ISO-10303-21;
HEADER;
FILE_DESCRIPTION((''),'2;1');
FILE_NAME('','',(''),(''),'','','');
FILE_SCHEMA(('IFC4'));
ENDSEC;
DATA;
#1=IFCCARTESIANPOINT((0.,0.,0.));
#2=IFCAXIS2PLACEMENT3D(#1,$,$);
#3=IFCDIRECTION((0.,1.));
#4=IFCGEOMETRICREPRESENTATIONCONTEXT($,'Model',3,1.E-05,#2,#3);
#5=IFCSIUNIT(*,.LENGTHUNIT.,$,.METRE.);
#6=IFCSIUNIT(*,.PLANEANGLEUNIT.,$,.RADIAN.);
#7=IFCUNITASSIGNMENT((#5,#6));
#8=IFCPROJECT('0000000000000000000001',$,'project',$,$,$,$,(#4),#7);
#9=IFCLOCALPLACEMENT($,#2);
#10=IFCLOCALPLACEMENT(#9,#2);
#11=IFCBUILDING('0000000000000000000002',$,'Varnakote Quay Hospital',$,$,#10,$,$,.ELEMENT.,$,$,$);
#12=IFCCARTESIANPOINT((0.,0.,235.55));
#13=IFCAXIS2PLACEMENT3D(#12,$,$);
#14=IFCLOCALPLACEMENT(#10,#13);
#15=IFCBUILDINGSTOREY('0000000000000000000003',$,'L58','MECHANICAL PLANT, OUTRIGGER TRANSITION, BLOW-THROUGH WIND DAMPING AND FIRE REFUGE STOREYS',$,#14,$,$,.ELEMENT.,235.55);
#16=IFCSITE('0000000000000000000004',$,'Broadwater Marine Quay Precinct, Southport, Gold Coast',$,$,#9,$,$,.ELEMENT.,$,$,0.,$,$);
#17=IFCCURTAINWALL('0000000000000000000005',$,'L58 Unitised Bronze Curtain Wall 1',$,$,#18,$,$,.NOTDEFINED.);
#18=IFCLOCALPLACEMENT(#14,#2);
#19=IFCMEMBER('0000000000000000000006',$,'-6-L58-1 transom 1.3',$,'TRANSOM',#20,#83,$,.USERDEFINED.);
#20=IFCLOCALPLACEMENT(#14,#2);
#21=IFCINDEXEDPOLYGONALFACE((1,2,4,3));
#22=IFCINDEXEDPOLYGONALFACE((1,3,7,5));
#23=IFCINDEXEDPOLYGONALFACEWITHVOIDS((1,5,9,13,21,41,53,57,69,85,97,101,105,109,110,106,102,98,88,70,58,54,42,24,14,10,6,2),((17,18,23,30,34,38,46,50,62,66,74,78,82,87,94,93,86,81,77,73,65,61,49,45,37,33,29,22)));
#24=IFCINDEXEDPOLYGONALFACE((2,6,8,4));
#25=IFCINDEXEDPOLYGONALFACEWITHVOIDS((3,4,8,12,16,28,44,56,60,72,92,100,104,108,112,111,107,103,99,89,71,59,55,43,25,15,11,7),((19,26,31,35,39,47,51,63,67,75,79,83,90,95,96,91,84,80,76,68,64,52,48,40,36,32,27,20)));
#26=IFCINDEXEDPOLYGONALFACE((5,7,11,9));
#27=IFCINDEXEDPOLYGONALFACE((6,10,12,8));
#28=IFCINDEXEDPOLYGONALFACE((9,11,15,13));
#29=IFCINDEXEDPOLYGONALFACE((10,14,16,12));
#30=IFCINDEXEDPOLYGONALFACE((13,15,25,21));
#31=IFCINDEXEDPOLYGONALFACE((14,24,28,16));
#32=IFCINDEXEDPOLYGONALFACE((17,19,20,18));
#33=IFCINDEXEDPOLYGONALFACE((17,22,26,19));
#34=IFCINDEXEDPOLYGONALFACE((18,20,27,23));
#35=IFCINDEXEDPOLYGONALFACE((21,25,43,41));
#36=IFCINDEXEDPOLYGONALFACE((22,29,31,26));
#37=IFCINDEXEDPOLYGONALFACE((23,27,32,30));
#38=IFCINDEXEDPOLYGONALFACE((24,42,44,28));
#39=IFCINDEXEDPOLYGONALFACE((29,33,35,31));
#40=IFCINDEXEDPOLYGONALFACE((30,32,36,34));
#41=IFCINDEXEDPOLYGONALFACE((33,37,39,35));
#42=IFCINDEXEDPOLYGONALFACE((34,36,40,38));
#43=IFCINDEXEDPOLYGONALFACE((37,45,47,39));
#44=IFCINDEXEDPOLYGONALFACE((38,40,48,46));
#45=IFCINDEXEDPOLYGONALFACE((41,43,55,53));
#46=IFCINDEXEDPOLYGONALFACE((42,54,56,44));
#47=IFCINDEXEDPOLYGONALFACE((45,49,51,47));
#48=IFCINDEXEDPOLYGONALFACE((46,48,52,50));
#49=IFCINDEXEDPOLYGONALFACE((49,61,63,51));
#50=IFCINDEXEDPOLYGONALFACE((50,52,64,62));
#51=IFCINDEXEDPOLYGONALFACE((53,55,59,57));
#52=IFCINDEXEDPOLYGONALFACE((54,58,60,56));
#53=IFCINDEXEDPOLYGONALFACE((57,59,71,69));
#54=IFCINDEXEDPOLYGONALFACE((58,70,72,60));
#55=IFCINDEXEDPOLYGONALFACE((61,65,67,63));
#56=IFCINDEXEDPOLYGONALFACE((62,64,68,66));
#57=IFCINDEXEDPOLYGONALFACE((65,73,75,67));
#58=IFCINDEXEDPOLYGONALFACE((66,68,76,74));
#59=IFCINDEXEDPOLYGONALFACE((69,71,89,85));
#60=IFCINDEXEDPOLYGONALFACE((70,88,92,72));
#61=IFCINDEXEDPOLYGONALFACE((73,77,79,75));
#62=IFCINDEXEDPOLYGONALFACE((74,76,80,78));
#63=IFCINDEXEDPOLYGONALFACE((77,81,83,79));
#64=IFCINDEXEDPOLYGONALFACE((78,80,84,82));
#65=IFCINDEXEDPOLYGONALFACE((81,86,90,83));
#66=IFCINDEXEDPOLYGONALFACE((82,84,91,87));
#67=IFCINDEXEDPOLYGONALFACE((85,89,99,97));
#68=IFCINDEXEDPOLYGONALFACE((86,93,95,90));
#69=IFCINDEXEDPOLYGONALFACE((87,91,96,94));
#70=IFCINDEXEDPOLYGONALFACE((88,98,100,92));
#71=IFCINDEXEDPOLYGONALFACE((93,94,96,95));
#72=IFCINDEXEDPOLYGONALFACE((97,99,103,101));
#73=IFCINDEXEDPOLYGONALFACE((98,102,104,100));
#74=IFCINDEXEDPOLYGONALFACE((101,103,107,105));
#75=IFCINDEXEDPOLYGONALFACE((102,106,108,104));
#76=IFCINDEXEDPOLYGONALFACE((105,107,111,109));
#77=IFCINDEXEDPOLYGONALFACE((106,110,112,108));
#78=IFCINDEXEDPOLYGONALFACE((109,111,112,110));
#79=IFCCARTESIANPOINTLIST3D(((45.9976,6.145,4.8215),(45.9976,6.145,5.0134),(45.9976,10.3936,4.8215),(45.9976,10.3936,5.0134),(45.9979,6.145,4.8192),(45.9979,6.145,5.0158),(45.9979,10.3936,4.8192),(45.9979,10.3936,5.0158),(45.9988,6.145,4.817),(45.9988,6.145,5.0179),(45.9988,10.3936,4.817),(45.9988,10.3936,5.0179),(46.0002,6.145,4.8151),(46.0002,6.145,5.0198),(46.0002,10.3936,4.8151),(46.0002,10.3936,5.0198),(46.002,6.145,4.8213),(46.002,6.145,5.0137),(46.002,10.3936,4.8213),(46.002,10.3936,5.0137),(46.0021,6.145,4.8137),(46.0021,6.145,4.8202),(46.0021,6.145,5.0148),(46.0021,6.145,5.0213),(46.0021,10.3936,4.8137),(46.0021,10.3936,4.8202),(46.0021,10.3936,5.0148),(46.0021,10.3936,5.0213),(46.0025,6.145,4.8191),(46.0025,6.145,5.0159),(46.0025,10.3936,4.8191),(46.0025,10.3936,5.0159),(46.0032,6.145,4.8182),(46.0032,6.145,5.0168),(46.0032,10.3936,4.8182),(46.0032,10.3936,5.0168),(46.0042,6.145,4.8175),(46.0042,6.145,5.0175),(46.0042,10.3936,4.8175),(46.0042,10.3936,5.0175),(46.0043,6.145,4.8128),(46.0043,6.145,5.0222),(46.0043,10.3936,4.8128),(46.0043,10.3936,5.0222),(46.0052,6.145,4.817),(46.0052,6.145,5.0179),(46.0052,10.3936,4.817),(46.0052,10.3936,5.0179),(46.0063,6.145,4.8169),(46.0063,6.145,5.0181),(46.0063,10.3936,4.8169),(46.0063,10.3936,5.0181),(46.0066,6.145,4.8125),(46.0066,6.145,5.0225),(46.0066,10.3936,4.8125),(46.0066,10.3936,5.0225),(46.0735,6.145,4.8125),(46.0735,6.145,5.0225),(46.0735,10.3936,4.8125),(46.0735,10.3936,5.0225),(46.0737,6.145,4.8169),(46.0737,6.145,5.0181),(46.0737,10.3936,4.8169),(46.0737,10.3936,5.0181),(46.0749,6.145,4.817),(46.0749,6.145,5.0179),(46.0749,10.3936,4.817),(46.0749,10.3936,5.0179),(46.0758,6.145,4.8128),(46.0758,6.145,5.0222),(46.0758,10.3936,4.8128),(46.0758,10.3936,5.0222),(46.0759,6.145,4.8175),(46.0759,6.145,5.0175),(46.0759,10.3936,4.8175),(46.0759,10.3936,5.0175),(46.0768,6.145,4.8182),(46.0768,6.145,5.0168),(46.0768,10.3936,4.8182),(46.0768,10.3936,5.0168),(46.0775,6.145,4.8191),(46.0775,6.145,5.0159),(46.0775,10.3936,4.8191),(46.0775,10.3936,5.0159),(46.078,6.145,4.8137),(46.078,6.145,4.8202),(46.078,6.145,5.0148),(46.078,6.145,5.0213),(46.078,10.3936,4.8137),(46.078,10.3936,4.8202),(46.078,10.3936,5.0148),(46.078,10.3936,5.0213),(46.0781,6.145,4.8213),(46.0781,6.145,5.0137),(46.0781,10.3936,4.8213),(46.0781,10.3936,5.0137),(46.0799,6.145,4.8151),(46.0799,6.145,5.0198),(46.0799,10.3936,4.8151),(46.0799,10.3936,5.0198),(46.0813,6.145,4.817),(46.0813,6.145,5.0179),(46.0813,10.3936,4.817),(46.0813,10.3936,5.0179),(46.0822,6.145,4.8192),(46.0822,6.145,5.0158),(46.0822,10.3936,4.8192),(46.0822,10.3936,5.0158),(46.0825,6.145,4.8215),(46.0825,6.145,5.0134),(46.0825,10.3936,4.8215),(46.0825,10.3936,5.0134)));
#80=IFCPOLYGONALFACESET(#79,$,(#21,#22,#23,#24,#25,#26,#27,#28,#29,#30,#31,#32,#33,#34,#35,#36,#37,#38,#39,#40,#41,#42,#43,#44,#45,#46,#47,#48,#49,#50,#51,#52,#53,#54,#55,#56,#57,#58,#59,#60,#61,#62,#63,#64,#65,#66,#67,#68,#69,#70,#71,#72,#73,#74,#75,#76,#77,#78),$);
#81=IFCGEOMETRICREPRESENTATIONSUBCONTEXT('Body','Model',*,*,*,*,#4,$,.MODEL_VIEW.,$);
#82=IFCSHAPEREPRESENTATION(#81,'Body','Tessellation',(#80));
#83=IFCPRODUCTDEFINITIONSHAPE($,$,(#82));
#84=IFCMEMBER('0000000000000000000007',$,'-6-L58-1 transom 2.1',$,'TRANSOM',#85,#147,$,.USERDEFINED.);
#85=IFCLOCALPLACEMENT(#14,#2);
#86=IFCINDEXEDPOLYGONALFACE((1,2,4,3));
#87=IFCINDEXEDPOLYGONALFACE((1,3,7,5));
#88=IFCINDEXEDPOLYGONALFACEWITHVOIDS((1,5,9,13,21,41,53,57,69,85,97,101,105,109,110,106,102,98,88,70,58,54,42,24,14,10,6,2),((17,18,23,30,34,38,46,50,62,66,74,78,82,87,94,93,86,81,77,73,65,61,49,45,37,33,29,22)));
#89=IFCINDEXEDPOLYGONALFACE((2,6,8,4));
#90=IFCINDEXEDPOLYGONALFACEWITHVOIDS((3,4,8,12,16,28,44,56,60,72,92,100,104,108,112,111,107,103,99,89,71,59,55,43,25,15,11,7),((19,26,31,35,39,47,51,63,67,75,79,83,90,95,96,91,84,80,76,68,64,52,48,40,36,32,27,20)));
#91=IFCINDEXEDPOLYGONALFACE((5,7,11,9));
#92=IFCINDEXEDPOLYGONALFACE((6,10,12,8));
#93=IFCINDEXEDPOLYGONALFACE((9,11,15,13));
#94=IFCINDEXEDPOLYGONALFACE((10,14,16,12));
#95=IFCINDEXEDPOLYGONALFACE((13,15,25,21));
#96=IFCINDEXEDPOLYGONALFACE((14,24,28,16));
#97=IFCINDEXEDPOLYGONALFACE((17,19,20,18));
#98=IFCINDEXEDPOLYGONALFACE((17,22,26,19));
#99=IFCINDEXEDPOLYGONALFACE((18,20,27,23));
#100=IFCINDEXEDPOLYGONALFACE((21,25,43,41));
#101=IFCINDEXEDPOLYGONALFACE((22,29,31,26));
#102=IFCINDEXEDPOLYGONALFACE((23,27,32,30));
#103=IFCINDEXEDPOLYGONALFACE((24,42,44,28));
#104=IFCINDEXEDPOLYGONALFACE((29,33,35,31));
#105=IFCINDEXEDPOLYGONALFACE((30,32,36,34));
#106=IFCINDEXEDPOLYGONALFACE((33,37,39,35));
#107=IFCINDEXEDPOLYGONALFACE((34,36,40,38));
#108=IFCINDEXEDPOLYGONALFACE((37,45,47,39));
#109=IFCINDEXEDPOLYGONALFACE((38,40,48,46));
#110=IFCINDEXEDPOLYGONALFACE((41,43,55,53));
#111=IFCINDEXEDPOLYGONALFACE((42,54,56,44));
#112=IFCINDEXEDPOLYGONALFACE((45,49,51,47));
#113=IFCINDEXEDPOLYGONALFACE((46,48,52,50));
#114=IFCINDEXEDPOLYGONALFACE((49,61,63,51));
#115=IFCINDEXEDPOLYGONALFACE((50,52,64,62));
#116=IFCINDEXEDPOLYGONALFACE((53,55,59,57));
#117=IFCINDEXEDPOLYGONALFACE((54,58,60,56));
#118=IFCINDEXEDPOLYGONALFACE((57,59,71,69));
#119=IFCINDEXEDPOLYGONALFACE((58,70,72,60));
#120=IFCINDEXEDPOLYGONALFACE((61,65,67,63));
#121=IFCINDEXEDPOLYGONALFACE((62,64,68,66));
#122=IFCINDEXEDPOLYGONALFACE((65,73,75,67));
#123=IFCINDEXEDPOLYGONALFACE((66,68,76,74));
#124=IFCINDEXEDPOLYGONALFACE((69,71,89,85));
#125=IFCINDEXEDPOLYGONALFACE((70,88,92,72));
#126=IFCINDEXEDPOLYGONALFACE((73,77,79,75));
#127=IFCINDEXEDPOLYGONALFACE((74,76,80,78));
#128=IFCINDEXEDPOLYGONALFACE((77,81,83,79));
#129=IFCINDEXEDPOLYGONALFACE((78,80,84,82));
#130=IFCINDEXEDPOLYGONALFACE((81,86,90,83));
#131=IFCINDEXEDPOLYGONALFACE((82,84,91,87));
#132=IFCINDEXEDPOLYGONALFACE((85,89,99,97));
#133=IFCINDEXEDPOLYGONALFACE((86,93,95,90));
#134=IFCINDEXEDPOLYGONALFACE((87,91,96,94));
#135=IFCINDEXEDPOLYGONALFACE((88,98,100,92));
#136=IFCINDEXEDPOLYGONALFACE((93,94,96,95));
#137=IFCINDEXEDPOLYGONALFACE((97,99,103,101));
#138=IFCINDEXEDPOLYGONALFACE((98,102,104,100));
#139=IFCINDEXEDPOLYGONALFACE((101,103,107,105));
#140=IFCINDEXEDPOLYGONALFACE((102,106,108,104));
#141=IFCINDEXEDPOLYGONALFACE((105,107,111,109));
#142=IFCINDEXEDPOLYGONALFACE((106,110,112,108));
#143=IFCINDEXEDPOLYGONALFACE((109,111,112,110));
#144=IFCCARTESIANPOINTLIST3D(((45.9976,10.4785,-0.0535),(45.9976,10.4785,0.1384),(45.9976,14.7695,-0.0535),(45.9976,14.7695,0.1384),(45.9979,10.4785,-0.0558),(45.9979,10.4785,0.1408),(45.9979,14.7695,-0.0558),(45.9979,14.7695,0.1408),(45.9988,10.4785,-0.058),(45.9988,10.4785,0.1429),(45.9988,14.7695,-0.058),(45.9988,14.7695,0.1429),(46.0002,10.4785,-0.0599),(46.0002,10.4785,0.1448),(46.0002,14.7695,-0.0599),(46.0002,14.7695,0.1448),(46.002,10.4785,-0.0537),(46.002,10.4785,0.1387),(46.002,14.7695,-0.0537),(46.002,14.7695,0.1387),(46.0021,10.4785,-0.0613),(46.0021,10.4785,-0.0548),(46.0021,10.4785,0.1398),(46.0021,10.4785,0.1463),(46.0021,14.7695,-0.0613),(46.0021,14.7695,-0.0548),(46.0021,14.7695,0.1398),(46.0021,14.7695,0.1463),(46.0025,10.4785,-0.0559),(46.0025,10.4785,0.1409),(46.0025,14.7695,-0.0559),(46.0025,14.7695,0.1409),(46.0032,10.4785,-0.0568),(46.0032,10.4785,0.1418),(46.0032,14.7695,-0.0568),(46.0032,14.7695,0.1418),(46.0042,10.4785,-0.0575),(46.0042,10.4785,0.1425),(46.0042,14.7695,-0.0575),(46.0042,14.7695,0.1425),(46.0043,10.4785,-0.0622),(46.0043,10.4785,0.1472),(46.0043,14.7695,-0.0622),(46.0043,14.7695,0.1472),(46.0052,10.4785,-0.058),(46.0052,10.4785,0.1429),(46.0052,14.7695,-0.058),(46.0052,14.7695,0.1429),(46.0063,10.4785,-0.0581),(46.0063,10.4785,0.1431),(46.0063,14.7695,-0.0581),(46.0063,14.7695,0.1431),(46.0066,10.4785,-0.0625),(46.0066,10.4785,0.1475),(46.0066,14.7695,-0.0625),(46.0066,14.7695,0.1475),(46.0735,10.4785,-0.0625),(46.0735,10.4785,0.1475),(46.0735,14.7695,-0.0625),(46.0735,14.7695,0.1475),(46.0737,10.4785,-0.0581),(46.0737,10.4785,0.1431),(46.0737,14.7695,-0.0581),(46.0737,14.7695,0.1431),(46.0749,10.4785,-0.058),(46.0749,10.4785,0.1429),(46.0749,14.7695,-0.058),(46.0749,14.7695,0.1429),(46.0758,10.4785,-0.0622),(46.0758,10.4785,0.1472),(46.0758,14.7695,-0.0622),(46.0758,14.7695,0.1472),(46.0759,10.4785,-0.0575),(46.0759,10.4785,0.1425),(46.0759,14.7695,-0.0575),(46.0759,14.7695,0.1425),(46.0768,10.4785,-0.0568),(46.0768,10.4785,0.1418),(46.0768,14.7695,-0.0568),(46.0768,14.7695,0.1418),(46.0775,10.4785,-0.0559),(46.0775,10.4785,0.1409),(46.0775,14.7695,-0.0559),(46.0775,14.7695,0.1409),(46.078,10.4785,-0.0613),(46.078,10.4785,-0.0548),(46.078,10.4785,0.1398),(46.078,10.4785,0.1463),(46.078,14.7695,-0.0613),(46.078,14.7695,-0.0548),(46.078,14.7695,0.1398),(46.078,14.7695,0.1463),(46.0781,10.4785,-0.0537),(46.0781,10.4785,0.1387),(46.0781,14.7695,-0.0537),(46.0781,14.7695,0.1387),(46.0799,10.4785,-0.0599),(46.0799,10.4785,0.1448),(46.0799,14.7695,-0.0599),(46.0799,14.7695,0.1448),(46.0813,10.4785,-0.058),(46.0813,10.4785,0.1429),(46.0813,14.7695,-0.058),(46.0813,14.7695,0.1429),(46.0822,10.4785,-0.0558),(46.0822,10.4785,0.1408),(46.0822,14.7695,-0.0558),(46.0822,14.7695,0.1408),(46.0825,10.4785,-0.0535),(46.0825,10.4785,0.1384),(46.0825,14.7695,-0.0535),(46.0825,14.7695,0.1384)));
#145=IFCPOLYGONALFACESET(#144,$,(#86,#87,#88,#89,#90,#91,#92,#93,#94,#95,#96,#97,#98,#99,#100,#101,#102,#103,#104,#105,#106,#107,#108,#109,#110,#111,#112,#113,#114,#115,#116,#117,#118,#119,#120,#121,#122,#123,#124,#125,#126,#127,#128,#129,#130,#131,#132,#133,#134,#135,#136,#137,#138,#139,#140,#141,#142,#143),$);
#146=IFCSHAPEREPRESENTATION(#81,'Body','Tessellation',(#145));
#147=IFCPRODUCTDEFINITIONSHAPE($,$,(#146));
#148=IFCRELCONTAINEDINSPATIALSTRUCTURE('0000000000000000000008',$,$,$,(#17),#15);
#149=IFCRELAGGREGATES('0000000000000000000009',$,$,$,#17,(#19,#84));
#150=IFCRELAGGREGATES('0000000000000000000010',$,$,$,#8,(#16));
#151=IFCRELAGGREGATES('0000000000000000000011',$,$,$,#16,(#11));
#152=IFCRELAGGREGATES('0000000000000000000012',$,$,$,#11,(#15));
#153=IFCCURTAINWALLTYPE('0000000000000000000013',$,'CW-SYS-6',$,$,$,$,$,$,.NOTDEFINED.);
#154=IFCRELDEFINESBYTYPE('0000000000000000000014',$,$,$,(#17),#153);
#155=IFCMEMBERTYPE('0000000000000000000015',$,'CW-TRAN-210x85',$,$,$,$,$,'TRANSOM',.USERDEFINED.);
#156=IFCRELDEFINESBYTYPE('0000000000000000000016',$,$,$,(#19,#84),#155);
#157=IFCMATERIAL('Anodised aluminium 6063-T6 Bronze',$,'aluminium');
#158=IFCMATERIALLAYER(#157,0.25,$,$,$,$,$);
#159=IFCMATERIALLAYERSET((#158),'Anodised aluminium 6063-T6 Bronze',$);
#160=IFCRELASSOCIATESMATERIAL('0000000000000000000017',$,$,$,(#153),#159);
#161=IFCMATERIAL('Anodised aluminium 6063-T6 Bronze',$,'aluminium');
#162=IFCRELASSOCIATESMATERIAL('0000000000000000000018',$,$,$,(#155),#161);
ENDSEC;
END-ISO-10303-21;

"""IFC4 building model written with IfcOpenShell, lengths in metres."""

from ifc_helpers import new_model, si_unit, direction, frame, origin, origin_2d, place, context, subcontext, project, spatial, hollow_rectangle, extrude, material, layer, layer_set, material_profile, profile_set, type_object, element, aggregate, save


model = new_model("IFC4")

# Units and contexts
model_context = context("Model", 3, precision=1e-05, world=origin(), true_north=direction((0.0, 1.0)))
body_context = subcontext(model_context, "Body", "Model", "MODEL_VIEW")
ifc_project = project(units=[si_unit("LENGTHUNIT", "METRE"), si_unit("PLANEANGLEUNIT", "RADIAN")], contexts=[model_context])

# Site, building, storey
site_placement = place(None, origin())
site = spatial("IfcSite", under=ifc_project, at=site_placement, Name="Broadwater Marine Quay Precinct, Southport, Gold Coast", CompositionType="ELEMENT", RefElevation=0.0)
building_placement = place(site_placement, origin())
building = spatial("IfcBuilding", under=site, at=building_placement, Name="Varnakote Quay Hospital", CompositionType="ELEMENT")
storey_placement = place(building_placement, frame((0.0, 0.0, 235.55)))
storey = spatial("IfcBuildingStorey", under=building, at=storey_placement, Name="L58", Description="MECHANICAL PLANT, OUTRIGGER TRANSITION, BLOW-THROUGH WIND DAMPING AND FIRE REFUGE STOREYS", CompositionType="ELEMENT", Elevation=235.55)

# Curtain wall, members
ifc_material_1 = material(Name="Anodised aluminium 6063-T6 Bronze", Category="aluminium")
ifc_layer_1 = layer(ifc_material_1, 0.25)
ifc_layer_set_1 = layer_set([ifc_layer_1], Name="Anodised aluminium 6063-T6 Bronze")
curtain_wall_type = type_object("IfcCurtainWallType", Name="CW-SYS-6", PredefinedType="NOTDEFINED", material=ifc_layer_set_1)
curtain_wall_placement = place(storey_placement, origin())
curtain_wall = element("IfcCurtainWall", 1, at=curtain_wall_placement, inside=storey, type_object=curtain_wall_type, Name="L58 Unitised Bronze Curtain Wall 1", PredefinedType="NOTDEFINED")
ifc_material_2 = material(Name="Anodised aluminium 6063-T6 Bronze", Category="aluminium")
ifc_material_profile_1 = material_profile(ifc_material_2, hollow_rectangle(XDim=0.085, YDim=0.21, WallThickness=0.0044, InnerFilletRadius=0.0044, OuterFilletRadius=0.009, at=origin_2d()), Name="CW-TRAN-210x85")
ifc_profile_set_1 = profile_set([ifc_material_profile_1], Name="Anodised aluminium 6063-T6 Bronze")
member_type_1 = type_object("IfcMemberType", Name="CW-TRAN-210x85", ElementType="TRANSOM", PredefinedType="USERDEFINED", material=ifc_profile_set_1)
member_1_placement = place(storey_placement, frame((46.04, 6.145, 4.9175), z_axis=(0.0, 1.0, 0.0), x_axis=(-1.0, 0.0, 0.0)))
member_1 = element("IfcMember", 2, at=member_1_placement, type_object=member_type_1, Name="-6-L58-1 transom 1.3", ObjectType="TRANSOM", PredefinedType="USERDEFINED", context=body_context, shape_type="SweptSolid", body=[
    extrude(hollow_rectangle(XDim=0.085, YDim=0.21, WallThickness=0.0044, InnerFilletRadius=0.0044, OuterFilletRadius=0.009, at=origin_2d()), origin(), (0.0, 0.0, 1.0), 4.2485),
])
member_2_placement = place(storey_placement, frame((46.04, 10.4785, 0.0425), z_axis=(0.0, 1.0, 0.0), x_axis=(-1.0, 0.0, 0.0)))
member_2 = element("IfcMember", 3, at=member_2_placement, type_object=member_type_1, Name="-6-L58-1 transom 2.1", ObjectType="TRANSOM", PredefinedType="USERDEFINED", context=body_context, shape_type="SweptSolid", body=[
    extrude(hollow_rectangle(XDim=0.085, YDim=0.21, WallThickness=0.0044, InnerFilletRadius=0.0044, OuterFilletRadius=0.009, at=origin_2d()), origin(), (0.0, 0.0, 1.0), 4.291),
])
aggregate(curtain_wall, [member_1, member_2])

save(model, "model.ifc")
